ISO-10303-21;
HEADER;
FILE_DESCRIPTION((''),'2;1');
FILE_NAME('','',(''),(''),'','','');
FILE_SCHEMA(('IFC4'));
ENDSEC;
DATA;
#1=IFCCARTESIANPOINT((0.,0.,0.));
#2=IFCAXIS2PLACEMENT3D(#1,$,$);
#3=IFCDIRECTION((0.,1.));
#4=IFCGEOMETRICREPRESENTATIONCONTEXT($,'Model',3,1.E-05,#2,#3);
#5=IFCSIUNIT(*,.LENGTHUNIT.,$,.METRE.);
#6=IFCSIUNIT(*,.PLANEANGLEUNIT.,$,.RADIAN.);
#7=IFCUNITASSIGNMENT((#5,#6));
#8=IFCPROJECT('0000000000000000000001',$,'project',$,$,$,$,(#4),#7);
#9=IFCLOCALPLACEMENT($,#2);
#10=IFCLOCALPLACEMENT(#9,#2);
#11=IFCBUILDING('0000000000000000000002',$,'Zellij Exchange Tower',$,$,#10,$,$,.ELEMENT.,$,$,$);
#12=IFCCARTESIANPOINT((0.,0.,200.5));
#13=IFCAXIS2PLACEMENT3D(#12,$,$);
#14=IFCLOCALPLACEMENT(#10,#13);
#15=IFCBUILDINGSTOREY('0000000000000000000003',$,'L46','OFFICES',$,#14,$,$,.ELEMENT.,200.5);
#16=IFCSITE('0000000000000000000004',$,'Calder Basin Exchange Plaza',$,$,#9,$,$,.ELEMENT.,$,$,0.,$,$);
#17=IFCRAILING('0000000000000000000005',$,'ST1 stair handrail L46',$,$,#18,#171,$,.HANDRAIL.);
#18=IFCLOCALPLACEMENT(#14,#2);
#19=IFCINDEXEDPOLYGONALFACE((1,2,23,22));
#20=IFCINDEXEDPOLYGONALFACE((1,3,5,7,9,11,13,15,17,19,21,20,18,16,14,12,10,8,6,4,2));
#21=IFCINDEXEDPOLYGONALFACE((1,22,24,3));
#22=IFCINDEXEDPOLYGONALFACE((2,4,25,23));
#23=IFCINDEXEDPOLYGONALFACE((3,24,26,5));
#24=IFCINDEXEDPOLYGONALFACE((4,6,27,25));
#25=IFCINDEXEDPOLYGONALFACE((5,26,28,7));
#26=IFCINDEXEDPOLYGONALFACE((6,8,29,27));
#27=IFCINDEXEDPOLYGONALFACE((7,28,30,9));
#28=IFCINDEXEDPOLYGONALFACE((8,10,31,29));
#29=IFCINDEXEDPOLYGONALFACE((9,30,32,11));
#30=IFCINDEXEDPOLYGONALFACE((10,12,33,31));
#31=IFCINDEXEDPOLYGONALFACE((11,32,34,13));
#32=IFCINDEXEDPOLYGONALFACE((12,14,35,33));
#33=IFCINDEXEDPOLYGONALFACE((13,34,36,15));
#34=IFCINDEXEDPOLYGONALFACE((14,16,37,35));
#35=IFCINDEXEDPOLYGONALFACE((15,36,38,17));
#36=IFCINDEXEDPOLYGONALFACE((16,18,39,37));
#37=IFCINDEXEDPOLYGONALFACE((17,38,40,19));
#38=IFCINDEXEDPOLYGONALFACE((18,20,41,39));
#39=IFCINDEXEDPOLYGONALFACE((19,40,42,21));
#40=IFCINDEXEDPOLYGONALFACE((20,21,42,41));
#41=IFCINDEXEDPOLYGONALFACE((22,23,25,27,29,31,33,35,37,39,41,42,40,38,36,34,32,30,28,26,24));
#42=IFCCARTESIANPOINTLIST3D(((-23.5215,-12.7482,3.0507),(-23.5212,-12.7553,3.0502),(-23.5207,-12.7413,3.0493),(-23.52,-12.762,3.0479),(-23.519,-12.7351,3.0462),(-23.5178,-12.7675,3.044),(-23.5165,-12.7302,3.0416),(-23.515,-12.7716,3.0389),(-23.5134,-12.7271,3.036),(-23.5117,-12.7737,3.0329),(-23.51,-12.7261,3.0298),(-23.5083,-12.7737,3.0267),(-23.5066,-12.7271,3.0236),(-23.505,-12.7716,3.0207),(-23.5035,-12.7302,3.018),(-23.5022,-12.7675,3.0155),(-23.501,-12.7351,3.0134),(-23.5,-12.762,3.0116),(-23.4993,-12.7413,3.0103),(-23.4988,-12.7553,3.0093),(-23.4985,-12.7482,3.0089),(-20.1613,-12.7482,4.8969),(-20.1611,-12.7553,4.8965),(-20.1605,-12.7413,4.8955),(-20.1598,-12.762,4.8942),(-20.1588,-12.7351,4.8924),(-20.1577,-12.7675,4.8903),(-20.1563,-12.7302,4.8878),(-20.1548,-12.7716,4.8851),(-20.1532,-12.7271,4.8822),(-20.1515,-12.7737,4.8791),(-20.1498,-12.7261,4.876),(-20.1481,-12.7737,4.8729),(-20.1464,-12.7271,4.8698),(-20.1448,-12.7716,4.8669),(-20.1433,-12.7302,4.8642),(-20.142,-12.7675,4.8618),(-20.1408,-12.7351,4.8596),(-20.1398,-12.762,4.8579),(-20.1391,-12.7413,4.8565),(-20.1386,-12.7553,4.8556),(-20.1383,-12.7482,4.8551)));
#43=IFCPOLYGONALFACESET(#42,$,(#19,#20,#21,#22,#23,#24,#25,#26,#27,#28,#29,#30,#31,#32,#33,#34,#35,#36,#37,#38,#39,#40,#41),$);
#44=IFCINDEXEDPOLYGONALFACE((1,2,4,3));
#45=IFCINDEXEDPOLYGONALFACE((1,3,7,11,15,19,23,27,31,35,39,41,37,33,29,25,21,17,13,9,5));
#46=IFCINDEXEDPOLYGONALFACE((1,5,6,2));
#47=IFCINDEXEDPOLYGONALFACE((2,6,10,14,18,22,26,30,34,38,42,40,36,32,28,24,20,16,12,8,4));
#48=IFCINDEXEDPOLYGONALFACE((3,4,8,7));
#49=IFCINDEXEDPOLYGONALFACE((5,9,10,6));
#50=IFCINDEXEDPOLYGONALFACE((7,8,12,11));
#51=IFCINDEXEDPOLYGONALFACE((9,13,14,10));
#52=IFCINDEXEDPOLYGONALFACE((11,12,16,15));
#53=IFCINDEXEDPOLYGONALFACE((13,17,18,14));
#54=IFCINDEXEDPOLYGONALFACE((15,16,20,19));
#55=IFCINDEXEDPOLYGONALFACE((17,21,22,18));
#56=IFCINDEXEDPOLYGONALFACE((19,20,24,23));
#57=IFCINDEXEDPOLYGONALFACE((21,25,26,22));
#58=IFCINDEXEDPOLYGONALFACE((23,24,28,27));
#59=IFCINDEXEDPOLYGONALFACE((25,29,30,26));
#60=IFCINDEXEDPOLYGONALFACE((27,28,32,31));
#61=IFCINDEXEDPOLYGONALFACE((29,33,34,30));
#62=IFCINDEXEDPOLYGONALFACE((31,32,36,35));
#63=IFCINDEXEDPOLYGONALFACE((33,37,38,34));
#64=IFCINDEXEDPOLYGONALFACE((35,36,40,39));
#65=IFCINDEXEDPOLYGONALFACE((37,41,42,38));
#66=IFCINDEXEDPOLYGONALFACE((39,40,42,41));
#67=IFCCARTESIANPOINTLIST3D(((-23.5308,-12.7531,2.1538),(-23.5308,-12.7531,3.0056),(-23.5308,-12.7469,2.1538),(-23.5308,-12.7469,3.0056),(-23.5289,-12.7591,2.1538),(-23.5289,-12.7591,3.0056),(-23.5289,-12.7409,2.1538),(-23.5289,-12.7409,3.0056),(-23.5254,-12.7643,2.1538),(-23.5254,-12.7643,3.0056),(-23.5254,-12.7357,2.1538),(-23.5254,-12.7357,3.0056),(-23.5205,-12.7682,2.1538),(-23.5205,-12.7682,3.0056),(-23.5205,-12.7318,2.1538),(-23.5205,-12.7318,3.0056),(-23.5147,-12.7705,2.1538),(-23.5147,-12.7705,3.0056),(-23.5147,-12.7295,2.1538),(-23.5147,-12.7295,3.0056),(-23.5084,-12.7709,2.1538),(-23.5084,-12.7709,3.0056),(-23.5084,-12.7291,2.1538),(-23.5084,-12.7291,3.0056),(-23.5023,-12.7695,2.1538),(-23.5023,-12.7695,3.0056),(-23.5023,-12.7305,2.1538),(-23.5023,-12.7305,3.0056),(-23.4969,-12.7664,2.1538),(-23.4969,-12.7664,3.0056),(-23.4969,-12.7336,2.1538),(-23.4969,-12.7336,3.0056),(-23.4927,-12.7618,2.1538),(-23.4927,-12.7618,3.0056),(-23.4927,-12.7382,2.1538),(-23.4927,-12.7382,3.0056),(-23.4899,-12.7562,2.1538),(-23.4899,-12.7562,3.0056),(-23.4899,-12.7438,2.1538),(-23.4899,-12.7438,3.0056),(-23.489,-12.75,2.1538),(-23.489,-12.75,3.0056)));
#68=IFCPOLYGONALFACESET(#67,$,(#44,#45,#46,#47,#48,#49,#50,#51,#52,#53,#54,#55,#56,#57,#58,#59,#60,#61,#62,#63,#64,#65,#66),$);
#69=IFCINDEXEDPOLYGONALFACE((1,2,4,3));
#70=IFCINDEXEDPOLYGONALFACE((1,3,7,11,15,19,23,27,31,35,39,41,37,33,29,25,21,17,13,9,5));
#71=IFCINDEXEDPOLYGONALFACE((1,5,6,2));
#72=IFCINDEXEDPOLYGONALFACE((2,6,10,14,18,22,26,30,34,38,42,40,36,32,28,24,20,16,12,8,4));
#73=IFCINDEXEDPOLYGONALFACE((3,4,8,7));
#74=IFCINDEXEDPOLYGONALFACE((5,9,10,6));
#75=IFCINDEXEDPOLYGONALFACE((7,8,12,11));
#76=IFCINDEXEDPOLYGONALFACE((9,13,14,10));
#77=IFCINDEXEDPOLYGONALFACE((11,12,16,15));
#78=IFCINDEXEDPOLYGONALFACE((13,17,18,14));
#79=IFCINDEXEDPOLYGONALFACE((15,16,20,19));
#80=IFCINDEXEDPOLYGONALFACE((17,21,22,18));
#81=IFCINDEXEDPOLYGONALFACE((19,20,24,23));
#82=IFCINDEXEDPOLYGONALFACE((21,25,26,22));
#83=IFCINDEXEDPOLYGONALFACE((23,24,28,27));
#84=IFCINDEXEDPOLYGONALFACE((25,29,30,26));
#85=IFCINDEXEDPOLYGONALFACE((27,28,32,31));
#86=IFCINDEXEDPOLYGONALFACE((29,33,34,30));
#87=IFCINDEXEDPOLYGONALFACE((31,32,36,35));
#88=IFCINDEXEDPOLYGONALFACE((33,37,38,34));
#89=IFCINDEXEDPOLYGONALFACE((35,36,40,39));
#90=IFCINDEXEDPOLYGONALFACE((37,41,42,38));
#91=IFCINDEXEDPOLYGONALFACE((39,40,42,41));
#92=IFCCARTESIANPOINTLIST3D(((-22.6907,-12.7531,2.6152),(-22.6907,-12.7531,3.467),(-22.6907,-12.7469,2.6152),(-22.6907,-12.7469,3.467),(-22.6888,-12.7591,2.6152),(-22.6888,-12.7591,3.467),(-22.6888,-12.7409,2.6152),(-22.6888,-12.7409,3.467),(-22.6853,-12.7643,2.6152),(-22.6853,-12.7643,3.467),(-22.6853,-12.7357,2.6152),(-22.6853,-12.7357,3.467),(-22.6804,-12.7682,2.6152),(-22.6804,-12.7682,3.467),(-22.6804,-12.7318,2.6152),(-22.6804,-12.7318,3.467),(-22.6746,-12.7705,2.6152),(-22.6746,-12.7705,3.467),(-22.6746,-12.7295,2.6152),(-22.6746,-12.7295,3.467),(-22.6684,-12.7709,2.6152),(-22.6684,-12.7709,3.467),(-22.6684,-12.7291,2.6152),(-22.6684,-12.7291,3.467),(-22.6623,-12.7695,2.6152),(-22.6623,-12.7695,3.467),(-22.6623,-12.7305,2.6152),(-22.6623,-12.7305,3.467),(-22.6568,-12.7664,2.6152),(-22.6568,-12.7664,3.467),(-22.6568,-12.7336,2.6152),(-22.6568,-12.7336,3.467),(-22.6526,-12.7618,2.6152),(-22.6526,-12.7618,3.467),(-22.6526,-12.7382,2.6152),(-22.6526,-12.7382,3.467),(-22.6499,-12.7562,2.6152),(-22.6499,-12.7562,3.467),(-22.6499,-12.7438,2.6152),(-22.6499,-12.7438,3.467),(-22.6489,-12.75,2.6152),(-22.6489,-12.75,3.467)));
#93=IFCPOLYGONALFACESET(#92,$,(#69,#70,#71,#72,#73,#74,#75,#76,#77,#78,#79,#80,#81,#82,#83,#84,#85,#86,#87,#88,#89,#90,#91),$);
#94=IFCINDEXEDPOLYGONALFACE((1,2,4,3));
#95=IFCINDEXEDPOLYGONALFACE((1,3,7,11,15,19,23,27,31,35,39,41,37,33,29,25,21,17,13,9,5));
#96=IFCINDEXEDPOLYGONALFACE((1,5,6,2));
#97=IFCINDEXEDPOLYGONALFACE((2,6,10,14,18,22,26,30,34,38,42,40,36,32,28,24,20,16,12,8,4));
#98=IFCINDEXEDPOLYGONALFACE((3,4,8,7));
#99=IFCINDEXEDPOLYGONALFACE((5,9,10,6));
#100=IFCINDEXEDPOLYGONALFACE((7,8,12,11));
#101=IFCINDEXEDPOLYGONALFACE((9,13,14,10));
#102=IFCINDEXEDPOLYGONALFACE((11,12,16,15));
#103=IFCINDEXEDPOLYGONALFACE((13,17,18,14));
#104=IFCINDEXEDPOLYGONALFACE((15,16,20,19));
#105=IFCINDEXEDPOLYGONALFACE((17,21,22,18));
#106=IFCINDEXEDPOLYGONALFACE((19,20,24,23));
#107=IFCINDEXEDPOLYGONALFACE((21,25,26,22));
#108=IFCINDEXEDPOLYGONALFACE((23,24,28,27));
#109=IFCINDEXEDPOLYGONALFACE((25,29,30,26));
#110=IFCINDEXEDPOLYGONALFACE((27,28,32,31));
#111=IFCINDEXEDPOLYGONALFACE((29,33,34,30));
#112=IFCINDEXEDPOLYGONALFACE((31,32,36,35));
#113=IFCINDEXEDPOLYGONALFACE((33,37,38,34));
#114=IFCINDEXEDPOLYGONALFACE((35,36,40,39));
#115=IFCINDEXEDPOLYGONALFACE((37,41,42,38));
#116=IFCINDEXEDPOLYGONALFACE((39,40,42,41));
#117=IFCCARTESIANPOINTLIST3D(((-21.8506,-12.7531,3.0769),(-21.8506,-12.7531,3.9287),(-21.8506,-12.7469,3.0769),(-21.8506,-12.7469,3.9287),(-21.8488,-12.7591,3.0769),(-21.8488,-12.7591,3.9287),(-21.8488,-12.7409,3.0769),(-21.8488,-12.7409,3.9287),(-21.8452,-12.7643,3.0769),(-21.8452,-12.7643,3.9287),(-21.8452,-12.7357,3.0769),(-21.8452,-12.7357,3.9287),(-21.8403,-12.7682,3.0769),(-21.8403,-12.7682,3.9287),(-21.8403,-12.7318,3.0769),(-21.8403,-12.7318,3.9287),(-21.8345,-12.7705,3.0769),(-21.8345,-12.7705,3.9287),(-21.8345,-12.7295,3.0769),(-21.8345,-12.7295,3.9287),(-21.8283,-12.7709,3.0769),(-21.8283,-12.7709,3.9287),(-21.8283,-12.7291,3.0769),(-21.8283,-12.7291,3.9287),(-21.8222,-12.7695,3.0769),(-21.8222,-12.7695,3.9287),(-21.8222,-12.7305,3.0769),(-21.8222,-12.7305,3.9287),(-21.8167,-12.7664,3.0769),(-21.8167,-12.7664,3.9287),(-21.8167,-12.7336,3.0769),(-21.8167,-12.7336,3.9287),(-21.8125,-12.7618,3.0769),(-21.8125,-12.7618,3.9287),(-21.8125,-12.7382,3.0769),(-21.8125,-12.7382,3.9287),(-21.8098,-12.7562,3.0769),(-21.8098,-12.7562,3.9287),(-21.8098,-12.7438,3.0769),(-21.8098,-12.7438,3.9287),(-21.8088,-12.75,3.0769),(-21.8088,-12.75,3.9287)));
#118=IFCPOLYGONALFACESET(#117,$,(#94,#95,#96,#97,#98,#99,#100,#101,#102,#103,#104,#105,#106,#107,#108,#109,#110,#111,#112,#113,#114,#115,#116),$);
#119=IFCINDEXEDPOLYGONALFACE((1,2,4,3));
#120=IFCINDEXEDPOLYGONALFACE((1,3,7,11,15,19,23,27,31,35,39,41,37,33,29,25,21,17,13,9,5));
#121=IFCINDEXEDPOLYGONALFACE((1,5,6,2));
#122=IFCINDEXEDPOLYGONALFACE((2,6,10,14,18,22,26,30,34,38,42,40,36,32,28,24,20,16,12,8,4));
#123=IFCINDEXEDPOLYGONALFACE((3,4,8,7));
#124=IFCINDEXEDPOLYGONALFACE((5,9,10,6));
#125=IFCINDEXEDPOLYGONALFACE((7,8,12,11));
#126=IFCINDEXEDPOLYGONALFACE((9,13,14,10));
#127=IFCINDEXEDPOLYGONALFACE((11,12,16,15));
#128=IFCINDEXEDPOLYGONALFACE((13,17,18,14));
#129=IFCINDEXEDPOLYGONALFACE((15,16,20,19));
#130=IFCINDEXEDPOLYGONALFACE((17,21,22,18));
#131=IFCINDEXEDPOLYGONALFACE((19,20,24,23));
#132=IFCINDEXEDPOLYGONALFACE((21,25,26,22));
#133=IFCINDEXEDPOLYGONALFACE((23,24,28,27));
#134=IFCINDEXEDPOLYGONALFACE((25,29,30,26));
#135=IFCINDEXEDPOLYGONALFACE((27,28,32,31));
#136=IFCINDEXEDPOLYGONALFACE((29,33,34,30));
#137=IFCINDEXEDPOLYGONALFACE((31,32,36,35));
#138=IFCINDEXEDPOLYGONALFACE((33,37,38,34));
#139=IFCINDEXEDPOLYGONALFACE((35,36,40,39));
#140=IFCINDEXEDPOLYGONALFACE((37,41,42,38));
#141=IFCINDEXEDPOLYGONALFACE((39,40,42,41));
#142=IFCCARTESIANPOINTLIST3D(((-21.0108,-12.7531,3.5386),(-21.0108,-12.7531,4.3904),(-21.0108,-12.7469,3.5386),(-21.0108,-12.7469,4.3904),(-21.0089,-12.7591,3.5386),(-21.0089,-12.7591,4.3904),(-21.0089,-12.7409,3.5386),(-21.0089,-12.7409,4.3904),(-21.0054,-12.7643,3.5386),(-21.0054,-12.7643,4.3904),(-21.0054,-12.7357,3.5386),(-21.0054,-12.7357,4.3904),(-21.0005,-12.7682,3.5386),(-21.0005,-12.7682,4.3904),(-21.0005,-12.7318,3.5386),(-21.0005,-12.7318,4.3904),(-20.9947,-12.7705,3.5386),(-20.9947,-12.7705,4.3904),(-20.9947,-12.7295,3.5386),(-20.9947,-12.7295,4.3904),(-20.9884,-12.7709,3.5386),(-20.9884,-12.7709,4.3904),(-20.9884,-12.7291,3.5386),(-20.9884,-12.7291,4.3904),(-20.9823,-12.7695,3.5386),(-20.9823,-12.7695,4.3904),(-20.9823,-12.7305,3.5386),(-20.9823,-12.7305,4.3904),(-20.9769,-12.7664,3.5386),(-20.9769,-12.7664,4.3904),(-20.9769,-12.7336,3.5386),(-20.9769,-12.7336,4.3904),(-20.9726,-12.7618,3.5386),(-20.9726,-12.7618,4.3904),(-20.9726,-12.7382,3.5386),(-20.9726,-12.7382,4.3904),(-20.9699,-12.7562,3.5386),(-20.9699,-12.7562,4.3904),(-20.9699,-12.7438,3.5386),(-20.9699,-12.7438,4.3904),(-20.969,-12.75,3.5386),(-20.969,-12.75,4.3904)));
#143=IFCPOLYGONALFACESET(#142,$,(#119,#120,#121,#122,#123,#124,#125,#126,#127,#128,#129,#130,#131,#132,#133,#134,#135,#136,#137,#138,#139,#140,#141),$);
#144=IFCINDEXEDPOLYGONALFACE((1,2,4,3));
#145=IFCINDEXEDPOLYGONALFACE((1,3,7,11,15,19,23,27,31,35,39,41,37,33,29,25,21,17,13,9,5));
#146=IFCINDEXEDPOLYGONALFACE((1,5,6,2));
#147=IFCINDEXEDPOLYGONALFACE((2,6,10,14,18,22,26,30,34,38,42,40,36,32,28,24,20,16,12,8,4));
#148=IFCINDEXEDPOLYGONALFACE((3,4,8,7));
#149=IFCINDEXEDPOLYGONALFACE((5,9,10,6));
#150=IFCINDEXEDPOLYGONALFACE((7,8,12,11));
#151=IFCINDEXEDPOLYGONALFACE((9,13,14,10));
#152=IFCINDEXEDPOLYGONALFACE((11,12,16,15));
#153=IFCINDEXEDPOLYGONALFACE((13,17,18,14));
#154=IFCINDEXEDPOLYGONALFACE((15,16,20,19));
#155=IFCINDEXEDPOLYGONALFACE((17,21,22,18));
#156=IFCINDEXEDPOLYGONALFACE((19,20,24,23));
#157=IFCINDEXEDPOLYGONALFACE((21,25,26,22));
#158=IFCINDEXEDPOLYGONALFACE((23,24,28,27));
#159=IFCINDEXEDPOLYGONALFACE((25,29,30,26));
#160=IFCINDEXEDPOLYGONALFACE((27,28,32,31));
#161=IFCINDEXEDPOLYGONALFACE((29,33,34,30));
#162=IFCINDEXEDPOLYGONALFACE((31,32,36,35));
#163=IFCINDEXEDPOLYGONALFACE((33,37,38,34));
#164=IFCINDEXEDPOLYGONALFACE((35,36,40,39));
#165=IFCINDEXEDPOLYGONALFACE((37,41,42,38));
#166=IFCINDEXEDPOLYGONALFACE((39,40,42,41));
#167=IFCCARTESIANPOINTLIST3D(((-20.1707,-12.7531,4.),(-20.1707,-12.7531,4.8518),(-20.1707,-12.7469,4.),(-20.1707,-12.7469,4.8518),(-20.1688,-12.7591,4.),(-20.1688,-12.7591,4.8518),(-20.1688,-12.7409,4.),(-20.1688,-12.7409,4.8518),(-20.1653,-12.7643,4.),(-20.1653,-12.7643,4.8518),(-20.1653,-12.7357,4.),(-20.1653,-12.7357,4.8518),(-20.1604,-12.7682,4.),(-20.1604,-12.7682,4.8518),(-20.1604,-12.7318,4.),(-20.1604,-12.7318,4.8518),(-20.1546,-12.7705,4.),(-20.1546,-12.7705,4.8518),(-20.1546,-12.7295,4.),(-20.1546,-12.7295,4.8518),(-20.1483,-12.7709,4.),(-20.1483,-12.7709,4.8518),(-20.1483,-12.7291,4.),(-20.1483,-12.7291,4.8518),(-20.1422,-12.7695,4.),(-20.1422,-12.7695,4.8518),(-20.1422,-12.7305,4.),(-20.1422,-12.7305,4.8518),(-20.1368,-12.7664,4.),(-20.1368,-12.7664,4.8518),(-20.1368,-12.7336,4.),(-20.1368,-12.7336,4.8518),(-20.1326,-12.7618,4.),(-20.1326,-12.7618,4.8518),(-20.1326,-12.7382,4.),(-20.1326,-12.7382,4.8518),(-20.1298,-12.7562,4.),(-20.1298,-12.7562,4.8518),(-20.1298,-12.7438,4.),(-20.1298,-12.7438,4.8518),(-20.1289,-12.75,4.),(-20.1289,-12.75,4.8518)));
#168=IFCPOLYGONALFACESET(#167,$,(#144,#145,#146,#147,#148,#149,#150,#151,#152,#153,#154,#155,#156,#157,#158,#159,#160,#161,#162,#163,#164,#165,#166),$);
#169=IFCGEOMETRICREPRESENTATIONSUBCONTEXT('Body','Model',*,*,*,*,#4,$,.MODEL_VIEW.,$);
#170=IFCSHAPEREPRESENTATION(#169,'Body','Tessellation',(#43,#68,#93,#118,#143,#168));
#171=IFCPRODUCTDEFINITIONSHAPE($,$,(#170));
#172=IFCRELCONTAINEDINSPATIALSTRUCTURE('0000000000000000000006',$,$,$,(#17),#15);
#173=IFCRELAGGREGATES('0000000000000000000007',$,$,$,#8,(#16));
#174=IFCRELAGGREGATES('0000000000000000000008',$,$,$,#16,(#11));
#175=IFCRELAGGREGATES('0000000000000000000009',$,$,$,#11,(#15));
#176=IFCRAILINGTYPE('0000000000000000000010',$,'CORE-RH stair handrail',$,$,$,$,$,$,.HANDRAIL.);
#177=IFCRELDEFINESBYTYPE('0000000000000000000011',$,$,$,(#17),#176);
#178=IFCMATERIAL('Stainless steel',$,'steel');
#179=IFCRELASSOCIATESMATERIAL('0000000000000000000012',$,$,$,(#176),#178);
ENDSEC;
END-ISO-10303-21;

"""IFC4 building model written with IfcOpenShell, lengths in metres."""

from ifc_helpers import new_model, si_unit, direction, frame, origin, origin_2d, place, context, subcontext, project, spatial, circle, extrude, material, type_object, element, save


model = new_model("IFC4")

# Units and contexts
model_context = context("Model", 3, precision=1e-05, world=origin(), true_north=direction((0.0, 1.0)))
body_context = subcontext(model_context, "Body", "Model", "MODEL_VIEW")
ifc_project = project(units=[si_unit("LENGTHUNIT", "METRE"), si_unit("PLANEANGLEUNIT", "RADIAN")], contexts=[model_context])

# Site, building, storey
site_placement = place(None, origin())
site = spatial("IfcSite", under=ifc_project, at=site_placement, Name="Calder Basin Exchange Plaza", CompositionType="ELEMENT", RefElevation=0.0)
building_placement = place(site_placement, origin())
building = spatial("IfcBuilding", under=site, at=building_placement, Name="Zellij Exchange Tower", CompositionType="ELEMENT")
storey_placement = place(building_placement, frame((0.0, 0.0, 200.5)))
storey = spatial("IfcBuildingStorey", under=building, at=storey_placement, Name="L46", Description="OFFICES", CompositionType="ELEMENT", Elevation=200.5)

# Railing
ifc_material_1 = material(Name="Stainless steel", Category="steel")
railing_type_1 = type_object("IfcRailingType", Name="CORE-RH stair handrail", PredefinedType="HANDRAIL", material=ifc_material_1)
railing_1_placement = place(storey_placement, frame((-23.51, -12.75, 2.1538)))
element("IfcRailing", 1, at=railing_1_placement, inside=storey, type_object=railing_type_1, Name="ST1 stair handrail L46", PredefinedType="HANDRAIL", context=body_context, shape_type="SweptSolid", body=[
    extrude(circle(Radius=0.0239, at=origin_2d()), frame((0.0, 0.0, 0.876), z_axis=(0.876422, 0.0, 0.481545), x_axis=(0.0, 1.0, 0.0)), (0.0, 0.0, 1.0), 3.834),
    extrude(circle(Radius=0.021, at=origin_2d()), origin(), (0.0, 0.0, 1.0), 0.8518),
    extrude(circle(Radius=0.021, at=origin_2d()), frame((0.8401, 0.0, 0.4614)), (0.0, 0.0, 1.0), 0.8518),
    extrude(circle(Radius=0.021, at=origin_2d()), frame((1.6802, 0.0, 0.9231)), (0.0, 0.0, 1.0), 0.8518),
    extrude(circle(Radius=0.021, at=origin_2d()), frame((2.52, 0.0, 1.3848)), (0.0, 0.0, 1.0), 0.8518),
    extrude(circle(Radius=0.021, at=origin_2d()), frame((3.3601, 0.0, 1.8462)), (0.0, 0.0, 1.0), 0.8518),
])

save(model, "model.ifc")
